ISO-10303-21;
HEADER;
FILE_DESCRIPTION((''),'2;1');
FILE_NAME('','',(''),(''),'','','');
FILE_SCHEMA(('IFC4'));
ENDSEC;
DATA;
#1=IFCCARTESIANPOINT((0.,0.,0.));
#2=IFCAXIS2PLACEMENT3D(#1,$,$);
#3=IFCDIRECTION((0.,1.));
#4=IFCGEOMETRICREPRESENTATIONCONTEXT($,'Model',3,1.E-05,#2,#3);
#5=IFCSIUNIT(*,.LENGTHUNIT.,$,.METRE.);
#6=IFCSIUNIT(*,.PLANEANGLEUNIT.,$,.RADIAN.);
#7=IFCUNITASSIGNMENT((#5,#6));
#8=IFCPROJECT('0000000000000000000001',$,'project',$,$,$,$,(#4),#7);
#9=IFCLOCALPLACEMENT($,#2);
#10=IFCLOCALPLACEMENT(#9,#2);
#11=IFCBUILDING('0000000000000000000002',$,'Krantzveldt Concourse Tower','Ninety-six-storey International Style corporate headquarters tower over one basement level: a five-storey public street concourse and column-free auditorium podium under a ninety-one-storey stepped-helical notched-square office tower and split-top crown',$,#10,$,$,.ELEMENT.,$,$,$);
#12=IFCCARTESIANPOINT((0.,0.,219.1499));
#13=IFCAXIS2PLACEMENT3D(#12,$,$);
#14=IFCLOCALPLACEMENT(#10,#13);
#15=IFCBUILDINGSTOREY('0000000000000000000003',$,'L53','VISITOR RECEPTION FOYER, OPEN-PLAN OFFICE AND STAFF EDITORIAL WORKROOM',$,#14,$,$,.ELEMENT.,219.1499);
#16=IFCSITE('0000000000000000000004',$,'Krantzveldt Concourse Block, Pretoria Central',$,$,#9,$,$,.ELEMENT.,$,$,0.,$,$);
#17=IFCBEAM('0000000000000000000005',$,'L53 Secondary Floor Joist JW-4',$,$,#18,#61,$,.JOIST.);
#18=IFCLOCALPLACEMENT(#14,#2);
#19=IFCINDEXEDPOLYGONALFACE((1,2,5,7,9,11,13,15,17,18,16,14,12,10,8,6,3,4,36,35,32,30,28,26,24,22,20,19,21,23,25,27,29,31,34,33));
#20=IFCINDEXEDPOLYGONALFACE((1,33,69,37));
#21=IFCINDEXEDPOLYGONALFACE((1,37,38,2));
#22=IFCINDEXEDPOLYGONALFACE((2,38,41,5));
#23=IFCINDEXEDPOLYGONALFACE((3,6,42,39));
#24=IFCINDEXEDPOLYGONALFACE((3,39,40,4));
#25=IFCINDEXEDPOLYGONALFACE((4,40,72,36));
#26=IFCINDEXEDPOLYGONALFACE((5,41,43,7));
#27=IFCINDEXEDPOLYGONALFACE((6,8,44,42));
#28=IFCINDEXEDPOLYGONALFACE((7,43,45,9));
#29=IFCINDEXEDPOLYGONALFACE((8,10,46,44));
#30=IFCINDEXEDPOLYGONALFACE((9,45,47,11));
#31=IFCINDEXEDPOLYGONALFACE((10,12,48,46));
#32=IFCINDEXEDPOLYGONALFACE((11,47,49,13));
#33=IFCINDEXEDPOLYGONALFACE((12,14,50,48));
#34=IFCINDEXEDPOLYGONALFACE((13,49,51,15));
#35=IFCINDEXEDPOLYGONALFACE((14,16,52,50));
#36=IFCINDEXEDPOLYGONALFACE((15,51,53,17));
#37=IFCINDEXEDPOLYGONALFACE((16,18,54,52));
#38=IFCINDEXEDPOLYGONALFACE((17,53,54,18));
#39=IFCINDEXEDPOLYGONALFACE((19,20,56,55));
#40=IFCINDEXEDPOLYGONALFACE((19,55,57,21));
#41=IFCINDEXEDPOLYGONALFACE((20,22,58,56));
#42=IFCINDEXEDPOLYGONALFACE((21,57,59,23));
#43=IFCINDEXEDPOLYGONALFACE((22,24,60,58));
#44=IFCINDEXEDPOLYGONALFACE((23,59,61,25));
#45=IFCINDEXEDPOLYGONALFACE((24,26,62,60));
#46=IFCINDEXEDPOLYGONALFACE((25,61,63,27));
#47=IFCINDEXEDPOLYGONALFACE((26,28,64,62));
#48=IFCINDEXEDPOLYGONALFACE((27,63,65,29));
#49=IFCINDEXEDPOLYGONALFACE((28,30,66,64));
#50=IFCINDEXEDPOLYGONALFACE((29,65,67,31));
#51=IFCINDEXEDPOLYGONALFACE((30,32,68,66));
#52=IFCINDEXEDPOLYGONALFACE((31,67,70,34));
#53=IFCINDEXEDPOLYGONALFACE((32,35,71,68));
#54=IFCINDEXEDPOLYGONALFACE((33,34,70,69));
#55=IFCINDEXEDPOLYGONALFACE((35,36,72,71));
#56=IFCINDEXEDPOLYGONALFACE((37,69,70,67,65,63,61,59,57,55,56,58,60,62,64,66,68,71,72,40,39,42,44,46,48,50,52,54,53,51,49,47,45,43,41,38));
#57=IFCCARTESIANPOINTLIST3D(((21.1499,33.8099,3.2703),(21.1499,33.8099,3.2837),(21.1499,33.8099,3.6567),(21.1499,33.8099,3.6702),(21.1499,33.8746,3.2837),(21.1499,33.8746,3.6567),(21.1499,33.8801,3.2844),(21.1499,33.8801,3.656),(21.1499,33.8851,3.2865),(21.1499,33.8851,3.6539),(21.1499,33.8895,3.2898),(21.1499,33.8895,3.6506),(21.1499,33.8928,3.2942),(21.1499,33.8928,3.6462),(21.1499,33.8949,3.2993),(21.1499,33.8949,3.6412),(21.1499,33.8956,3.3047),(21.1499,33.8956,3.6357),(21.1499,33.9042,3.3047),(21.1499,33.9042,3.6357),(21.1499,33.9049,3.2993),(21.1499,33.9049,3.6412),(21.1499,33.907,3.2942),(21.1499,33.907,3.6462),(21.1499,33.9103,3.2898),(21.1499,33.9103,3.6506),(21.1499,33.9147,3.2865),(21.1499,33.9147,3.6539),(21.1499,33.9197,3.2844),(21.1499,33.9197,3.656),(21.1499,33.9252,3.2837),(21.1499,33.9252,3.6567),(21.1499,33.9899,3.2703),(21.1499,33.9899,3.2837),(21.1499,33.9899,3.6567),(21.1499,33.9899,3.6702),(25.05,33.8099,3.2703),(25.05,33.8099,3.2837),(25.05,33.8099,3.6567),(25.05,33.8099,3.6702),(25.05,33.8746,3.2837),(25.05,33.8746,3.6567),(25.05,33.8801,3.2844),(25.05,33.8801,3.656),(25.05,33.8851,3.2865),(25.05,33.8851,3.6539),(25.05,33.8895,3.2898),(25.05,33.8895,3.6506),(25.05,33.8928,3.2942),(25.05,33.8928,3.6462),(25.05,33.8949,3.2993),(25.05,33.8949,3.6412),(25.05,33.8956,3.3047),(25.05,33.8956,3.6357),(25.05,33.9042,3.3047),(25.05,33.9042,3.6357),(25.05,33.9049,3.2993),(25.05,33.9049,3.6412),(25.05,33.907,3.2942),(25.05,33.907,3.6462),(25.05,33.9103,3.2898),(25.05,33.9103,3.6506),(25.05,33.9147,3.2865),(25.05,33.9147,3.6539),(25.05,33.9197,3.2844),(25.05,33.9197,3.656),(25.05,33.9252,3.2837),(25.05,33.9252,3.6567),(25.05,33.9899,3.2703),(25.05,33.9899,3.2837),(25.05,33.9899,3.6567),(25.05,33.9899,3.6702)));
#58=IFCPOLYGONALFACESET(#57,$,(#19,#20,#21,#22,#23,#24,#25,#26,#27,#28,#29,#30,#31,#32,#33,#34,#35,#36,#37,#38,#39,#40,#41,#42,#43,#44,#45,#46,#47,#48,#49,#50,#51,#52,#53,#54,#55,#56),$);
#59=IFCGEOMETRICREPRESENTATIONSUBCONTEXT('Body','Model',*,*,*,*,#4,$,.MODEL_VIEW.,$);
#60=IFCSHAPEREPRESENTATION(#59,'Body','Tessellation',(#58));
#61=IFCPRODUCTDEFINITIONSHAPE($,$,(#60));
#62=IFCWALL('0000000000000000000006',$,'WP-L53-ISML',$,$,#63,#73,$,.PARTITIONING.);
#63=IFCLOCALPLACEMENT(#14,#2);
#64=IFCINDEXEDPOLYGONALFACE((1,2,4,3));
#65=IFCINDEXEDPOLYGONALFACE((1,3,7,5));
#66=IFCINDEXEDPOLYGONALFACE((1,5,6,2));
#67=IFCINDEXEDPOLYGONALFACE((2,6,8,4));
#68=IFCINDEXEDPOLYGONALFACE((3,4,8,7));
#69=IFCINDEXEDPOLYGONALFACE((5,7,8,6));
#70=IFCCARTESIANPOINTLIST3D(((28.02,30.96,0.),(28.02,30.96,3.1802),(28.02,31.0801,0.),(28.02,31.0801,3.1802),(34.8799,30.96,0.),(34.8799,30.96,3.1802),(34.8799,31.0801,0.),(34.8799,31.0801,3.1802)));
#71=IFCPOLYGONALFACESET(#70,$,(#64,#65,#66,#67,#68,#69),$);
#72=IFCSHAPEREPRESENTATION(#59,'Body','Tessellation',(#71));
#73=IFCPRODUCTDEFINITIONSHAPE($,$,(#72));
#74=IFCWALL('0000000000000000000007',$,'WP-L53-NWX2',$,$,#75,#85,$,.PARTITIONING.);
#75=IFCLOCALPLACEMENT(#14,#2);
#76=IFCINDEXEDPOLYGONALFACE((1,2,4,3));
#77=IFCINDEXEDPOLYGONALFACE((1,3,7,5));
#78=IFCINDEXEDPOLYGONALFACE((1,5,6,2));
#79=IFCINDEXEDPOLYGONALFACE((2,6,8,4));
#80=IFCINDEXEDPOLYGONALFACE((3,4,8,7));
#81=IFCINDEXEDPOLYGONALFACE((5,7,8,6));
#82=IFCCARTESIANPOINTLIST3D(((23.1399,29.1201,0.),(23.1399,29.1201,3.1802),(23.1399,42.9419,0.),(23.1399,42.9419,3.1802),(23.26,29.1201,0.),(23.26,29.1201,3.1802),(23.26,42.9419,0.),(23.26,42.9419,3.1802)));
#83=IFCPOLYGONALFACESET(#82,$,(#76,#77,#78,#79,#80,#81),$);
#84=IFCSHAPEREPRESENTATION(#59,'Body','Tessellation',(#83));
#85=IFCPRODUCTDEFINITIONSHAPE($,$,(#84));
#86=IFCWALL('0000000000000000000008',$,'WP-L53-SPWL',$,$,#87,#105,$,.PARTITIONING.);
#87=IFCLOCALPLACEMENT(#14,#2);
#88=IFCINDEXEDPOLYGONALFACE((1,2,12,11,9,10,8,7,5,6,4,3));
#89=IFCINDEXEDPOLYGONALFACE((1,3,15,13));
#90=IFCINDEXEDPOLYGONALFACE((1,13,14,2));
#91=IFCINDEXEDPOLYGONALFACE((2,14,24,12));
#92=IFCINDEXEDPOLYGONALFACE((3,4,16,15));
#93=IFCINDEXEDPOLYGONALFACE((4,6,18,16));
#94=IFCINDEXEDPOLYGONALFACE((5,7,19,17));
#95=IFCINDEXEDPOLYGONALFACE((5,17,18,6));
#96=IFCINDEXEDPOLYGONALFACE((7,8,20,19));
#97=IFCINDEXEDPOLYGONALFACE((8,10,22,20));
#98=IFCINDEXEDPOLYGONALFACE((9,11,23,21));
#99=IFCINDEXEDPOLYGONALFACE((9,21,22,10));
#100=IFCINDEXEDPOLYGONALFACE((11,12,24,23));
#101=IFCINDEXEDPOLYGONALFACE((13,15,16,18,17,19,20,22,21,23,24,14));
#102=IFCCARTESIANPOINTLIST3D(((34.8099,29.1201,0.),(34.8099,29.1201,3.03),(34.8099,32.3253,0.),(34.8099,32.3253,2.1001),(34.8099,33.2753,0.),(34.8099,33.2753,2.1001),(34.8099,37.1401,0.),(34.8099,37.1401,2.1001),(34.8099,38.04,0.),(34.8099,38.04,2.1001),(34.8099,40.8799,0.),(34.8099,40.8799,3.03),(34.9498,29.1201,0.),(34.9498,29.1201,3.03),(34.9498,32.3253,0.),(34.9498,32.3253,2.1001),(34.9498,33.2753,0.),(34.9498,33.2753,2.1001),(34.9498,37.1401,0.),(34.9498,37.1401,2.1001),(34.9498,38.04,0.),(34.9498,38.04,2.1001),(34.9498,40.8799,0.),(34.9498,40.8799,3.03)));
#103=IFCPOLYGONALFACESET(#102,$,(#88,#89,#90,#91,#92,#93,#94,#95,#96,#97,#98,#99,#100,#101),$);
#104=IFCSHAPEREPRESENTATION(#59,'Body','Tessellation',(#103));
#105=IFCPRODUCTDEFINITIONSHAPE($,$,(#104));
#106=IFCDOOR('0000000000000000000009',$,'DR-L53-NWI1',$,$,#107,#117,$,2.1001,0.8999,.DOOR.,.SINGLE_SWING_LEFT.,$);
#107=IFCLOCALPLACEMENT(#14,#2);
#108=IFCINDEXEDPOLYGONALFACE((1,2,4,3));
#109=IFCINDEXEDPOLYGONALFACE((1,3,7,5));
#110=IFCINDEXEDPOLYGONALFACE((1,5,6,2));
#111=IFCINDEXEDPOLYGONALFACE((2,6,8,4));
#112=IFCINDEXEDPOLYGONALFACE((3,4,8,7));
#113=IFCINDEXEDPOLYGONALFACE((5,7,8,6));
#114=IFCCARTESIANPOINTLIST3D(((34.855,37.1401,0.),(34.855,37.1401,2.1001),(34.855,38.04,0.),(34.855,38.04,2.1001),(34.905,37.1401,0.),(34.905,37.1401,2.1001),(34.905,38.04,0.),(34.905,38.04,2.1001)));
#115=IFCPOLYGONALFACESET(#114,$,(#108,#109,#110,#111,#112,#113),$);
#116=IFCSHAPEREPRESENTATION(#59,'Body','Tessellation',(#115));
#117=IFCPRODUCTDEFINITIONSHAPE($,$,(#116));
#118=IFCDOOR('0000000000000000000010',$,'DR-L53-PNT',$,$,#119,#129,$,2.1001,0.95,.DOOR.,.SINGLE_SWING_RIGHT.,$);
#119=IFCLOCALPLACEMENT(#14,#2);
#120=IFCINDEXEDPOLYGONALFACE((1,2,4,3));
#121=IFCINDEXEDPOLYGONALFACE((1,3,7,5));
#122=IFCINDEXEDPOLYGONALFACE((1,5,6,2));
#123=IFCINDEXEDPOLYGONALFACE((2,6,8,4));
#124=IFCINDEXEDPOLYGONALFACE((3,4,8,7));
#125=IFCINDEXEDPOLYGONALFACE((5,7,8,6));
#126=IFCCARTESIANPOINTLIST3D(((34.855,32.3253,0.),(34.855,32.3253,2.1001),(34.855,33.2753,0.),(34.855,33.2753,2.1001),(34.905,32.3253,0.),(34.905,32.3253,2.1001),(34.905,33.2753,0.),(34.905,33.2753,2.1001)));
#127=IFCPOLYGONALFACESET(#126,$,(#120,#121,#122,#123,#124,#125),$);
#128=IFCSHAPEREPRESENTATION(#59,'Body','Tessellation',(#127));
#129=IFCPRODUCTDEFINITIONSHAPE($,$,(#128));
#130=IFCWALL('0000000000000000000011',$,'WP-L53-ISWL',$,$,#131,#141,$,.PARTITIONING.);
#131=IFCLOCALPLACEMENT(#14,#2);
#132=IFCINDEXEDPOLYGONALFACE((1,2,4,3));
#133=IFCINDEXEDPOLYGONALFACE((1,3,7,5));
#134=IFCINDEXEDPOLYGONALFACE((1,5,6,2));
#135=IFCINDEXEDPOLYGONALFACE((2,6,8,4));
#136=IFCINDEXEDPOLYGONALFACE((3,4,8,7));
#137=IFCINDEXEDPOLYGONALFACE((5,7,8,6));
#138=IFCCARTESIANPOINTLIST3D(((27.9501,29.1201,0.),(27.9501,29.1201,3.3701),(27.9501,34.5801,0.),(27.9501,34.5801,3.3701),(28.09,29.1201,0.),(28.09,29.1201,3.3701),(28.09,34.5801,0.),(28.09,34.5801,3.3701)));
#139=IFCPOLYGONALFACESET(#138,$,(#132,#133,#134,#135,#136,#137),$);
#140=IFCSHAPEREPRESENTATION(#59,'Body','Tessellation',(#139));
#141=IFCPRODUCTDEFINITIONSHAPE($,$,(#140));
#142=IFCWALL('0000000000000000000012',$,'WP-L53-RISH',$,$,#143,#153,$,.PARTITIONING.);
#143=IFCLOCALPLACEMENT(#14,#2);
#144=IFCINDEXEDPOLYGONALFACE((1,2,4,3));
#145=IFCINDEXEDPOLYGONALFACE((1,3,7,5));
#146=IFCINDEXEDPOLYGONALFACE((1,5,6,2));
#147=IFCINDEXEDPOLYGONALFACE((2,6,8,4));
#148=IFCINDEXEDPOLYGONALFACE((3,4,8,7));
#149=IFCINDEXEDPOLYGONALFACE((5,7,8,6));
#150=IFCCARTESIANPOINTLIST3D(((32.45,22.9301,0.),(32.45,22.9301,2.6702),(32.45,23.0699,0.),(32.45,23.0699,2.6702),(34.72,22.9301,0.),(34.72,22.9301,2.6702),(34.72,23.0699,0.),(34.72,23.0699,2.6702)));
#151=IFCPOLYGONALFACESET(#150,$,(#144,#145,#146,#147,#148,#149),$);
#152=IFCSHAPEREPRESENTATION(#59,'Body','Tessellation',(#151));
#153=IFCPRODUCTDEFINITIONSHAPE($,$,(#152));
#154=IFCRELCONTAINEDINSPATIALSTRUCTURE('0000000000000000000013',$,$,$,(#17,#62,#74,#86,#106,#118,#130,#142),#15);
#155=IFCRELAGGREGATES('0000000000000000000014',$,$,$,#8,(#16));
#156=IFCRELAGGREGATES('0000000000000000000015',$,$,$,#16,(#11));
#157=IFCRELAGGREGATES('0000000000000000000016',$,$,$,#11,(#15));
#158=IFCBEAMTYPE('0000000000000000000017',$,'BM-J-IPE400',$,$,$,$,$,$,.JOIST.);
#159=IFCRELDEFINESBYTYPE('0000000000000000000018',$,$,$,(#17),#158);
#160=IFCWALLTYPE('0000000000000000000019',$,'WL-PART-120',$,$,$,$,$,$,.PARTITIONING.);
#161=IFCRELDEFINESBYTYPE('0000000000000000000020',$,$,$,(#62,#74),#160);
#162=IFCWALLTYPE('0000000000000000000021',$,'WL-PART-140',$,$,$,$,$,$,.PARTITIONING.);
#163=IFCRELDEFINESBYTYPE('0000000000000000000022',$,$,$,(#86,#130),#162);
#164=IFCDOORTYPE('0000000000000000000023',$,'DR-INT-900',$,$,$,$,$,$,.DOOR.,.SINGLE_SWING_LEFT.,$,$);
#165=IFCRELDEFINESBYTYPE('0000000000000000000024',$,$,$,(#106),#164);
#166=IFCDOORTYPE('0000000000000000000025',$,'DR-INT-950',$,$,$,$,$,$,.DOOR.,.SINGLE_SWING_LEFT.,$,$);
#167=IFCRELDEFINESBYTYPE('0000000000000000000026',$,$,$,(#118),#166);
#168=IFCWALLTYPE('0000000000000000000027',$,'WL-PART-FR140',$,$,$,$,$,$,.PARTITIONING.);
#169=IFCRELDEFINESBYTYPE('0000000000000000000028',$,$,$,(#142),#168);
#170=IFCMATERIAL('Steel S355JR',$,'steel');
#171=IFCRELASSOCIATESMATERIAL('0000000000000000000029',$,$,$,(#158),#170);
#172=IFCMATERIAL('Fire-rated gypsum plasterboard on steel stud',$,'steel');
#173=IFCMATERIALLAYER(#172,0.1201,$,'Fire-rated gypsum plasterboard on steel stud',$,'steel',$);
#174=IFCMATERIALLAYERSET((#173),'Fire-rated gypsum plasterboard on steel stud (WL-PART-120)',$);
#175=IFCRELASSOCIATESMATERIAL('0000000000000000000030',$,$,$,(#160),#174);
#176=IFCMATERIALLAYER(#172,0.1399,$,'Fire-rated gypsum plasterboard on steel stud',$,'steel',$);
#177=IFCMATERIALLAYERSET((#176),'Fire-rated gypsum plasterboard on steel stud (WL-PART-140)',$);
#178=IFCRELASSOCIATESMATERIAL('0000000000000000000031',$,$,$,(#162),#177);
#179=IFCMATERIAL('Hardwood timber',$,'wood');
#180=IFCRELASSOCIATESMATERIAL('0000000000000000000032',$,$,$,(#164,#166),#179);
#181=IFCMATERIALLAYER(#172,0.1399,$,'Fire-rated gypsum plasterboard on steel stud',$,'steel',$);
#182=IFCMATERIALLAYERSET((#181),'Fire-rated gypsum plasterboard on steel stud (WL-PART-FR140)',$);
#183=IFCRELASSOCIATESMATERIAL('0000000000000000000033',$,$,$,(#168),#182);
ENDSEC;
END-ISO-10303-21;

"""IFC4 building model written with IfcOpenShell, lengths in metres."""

from ifc_helpers import new_model, si_unit, direction, frame, frame_2d, origin, origin_2d, place, context, subcontext, project, spatial, rectangle, i_section, extrude, source, transform, mapped, material, layer, layer_set, material_profile, profile_set, type_object, element, fill, save


model = new_model("IFC4")

# Units and contexts
model_context = context("Model", 3, precision=1e-05, world=origin(), true_north=direction((0.0, 1.0)))
body_context = subcontext(model_context, "Body", "Model", "MODEL_VIEW")
ifc_project = project(units=[si_unit("LENGTHUNIT", "METRE"), si_unit("PLANEANGLEUNIT", "RADIAN")], contexts=[model_context])

# Site, building, storey
site_placement = place(None, origin())
site = spatial("IfcSite", under=ifc_project, at=site_placement, Name="Krantzveldt Concourse Block, Pretoria Central", CompositionType="ELEMENT", RefElevation=0.0)
building_placement = place(site_placement, origin())
building = spatial("IfcBuilding", under=site, at=building_placement, Name="Krantzveldt Concourse Tower", Description="Ninety-six-storey International Style corporate headquarters tower over one basement level: a five-storey public street concourse and column-free auditorium podium under a ninety-one-storey stepped-helical notched-square office tower and split-top crown", CompositionType="ELEMENT")
storey_placement = place(building_placement, frame((0.0, 0.0, 219.1499)))
storey = spatial("IfcBuildingStorey", under=building, at=storey_placement, Name="L53", Description="VISITOR RECEPTION FOYER, OPEN-PLAN OFFICE AND STAFF EDITORIAL WORKROOM", CompositionType="ELEMENT", Elevation=219.1499)

# Beam
ifc_material_1 = material(Name="Steel S355JR", Category="steel")
ifc_material_profile_1 = material_profile(ifc_material_1, i_section(OverallWidth=0.1799, OverallDepth=0.3999, WebThickness=0.0085, FlangeThickness=0.0134, FilletRadius=0.021, at=origin_2d()), Name="Steel S355JR", Category="steel")
ifc_profile_set_1 = profile_set([ifc_material_profile_1], Name="Steel S355JR - IPE 400")
beam_type_1 = type_object("IfcBeamType", Name="BM-J-IPE400", PredefinedType="JOIST", material=ifc_profile_set_1)
shared_shape_1 = source(origin(), body_context, "Body", "SweptSolid", [
    extrude(i_section(OverallWidth=0.1799, OverallDepth=0.3999, WebThickness=0.0085, FlangeThickness=0.0134, FilletRadius=0.021, at=origin_2d()), origin(), (0.0, 0.0, 1.0), 3.9001),
])
for number, where, z_axis, x_axis, name in (
    (1, (21.1499, 33.8999, 3.4702), (1.0, 0.0, 0.0), (0.0, 1.0, 0.0), "L53 Secondary Floor Joist JW-4"),
):
    element("IfcBeam", number, at=place(storey_placement, frame(where, z_axis=z_axis, x_axis=x_axis)), inside=storey, type_object=beam_type_1, Name=name, PredefinedType="JOIST", context=body_context, shape_type="MappedRepresentation", body=[
        mapped(shared_shape_1, transform((0.0, 0.0, 0.0), x_axis=(1.0, 0.0, 0.0), y_axis=(0.0, 1.0, 0.0), z_axis=(0.0, 0.0, 1.0), scale=1.0)),
    ])

# Walls
ifc_material_2 = material(Name="Fire-rated gypsum plasterboard on steel stud", Category="steel")
ifc_layer_1 = layer(ifc_material_2, 0.1201, Name="Fire-rated gypsum plasterboard on steel stud", Category="steel")
ifc_layer_set_1 = layer_set([ifc_layer_1], Name="Fire-rated gypsum plasterboard on steel stud (WL-PART-120)")
wall_type_1 = type_object("IfcWallType", Name="WL-PART-120", PredefinedType="PARTITIONING", material=ifc_layer_set_1)
wall_1_placement = place(storey_placement, frame((28.02, 31.02, 0.0), z_axis=(0.0, 0.0, 1.0), x_axis=(1.0, 0.0, 0.0)))
element("IfcWall", 2, at=wall_1_placement, inside=storey, type_object=wall_type_1, Name="WP-L53-ISML", PredefinedType="PARTITIONING", context=body_context, shape_type="SweptSolid", body=[
    extrude(rectangle(XDim=6.8599, YDim=0.1201, at=frame_2d((3.4299, 0.0))), origin(), (0.0, 0.0, 1.0), 3.1802),
])
wall_2_placement = place(storey_placement, frame((23.2, 29.1201, 0.0), z_axis=(0.0, 0.0, 1.0), x_axis=(0.0, 1.0, 0.0)))
element("IfcWall", 3, at=wall_2_placement, inside=storey, type_object=wall_type_1, Name="WP-L53-NWX2", PredefinedType="PARTITIONING", context=body_context, shape_type="SweptSolid", body=[
    extrude(rectangle(XDim=13.8218, YDim=0.1201, at=frame_2d((6.9109, 0.0))), origin(), (0.0, 0.0, 1.0), 3.1802),
])

# Wall, openings, doors
ifc_layer_2 = layer(ifc_material_2, 0.1399, Name="Fire-rated gypsum plasterboard on steel stud", Category="steel")
ifc_layer_set_2 = layer_set([ifc_layer_2], Name="Fire-rated gypsum plasterboard on steel stud (WL-PART-140)")
wall_type_2 = type_object("IfcWallType", Name="WL-PART-140", PredefinedType="PARTITIONING", material=ifc_layer_set_2)
wall_3_placement = place(storey_placement, frame((34.8799, 29.1201, 0.0), z_axis=(0.0, 0.0, 1.0), x_axis=(0.0, 1.0, 0.0)))
wall_3 = element("IfcWall", 4, at=wall_3_placement, inside=storey, type_object=wall_type_2, Name="WP-L53-SPWL", PredefinedType="PARTITIONING", context=body_context, shape_type="SweptSolid", body=[
    extrude(rectangle(XDim=11.7598, YDim=0.1399, at=frame_2d((5.8799, 0.0))), origin(), (0.0, 0.0, 1.0), 3.03),
])
opening_1_placement = place(wall_3_placement, frame((3.2051, 0.0, 0.0)))
opening_1 = element("IfcOpeningElement", 5, at=opening_1_placement, cuts=wall_3, PredefinedType="OPENING", context=body_context, shape_type="SweptSolid", body=[
    extrude(rectangle(XDim=0.95, YDim=2.1001, at=frame_2d((0.4751, 1.05))), frame((0.0, 0.0801, 0.0), z_axis=(0.0, -1.0, 0.0), x_axis=(1.0, 0.0, 0.0)), (0.0, 0.0, 1.0), 0.1599),
])
opening_2_placement = place(wall_3_placement, frame((8.02, 0.0, 0.0)))
opening_2 = element("IfcOpeningElement", 6, at=opening_2_placement, cuts=wall_3, PredefinedType="OPENING", context=body_context, shape_type="SweptSolid", body=[
    extrude(rectangle(XDim=0.8999, YDim=2.1001, at=frame_2d((0.45, 1.05))), frame((0.0, 0.0801, 0.0), z_axis=(0.0, -1.0, 0.0), x_axis=(1.0, 0.0, 0.0)), (0.0, 0.0, 1.0), 0.1599),
])
ifc_material_3 = material(Name="Hardwood timber", Category="wood")
door_type_1 = type_object("IfcDoorType", Name="DR-INT-900", OperationType="SINGLE_SWING_LEFT", PredefinedType="DOOR", material=ifc_material_3)
door_1_placement = place(opening_2_placement, origin())
door_1 = element("IfcDoor", 7, at=door_1_placement, inside=storey, type_object=door_type_1, Name="DR-L53-NWI1", OperationType="SINGLE_SWING_LEFT", OverallHeight=2.1001, OverallWidth=0.8999, PredefinedType="DOOR", context=body_context, shape_type="SweptSolid", body=[
    extrude(rectangle(XDim=0.8999, YDim=2.1001, at=frame_2d((0.45, 1.05))), frame((0.0, 0.0249, 0.0), z_axis=(0.0, -1.0, 0.0), x_axis=(1.0, 0.0, 0.0)), (0.0, 0.0, 1.0), 0.05),
])
fill(opening_2, door_1)
door_type_2 = type_object("IfcDoorType", Name="DR-INT-950", OperationType="SINGLE_SWING_LEFT", PredefinedType="DOOR", material=ifc_material_3)
door_2_placement = place(opening_1_placement, origin())
door_2 = element("IfcDoor", 8, at=door_2_placement, inside=storey, type_object=door_type_2, Name="DR-L53-PNT", OperationType="SINGLE_SWING_RIGHT", OverallHeight=2.1001, OverallWidth=0.95, PredefinedType="DOOR", context=body_context, shape_type="SweptSolid", body=[
    extrude(rectangle(XDim=0.95, YDim=2.1001, at=frame_2d((0.4751, 1.05))), frame((0.0, 0.0249, 0.0), z_axis=(0.0, -1.0, 0.0), x_axis=(1.0, 0.0, 0.0)), (0.0, 0.0, 1.0), 0.05),
])
fill(opening_1, door_2)

# Walls
wall_4_placement = place(storey_placement, frame((28.02, 29.1201, 0.0), z_axis=(0.0, 0.0, 1.0), x_axis=(0.0, 1.0, 0.0)))
element("IfcWall", 9, at=wall_4_placement, inside=storey, type_object=wall_type_2, Name="WP-L53-ISWL", PredefinedType="PARTITIONING", context=body_context, shape_type="SweptSolid", body=[
    extrude(rectangle(XDim=5.46, YDim=0.1399, at=frame_2d((2.73, 0.0))), origin(), (0.0, 0.0, 1.0), 3.3701),
])
ifc_layer_3 = layer(ifc_material_2, 0.1399, Name="Fire-rated gypsum plasterboard on steel stud", Category="steel")
ifc_layer_set_3 = layer_set([ifc_layer_3], Name="Fire-rated gypsum plasterboard on steel stud (WL-PART-FR140)")
wall_type_3 = type_object("IfcWallType", Name="WL-PART-FR140", PredefinedType="PARTITIONING", material=ifc_layer_set_3)
wall_5_placement = place(storey_placement, frame((32.45, 23.0, 0.0), z_axis=(0.0, 0.0, 1.0), x_axis=(1.0, 0.0, 0.0)))
element("IfcWall", 10, at=wall_5_placement, inside=storey, type_object=wall_type_3, Name="WP-L53-RISH", PredefinedType="PARTITIONING", context=body_context, shape_type="SweptSolid", body=[
    extrude(rectangle(XDim=2.27, YDim=0.1399, at=frame_2d((1.135, 0.0))), origin(), (0.0, 0.0, 1.0), 2.6702),
])

save(model, "model.ifc")
